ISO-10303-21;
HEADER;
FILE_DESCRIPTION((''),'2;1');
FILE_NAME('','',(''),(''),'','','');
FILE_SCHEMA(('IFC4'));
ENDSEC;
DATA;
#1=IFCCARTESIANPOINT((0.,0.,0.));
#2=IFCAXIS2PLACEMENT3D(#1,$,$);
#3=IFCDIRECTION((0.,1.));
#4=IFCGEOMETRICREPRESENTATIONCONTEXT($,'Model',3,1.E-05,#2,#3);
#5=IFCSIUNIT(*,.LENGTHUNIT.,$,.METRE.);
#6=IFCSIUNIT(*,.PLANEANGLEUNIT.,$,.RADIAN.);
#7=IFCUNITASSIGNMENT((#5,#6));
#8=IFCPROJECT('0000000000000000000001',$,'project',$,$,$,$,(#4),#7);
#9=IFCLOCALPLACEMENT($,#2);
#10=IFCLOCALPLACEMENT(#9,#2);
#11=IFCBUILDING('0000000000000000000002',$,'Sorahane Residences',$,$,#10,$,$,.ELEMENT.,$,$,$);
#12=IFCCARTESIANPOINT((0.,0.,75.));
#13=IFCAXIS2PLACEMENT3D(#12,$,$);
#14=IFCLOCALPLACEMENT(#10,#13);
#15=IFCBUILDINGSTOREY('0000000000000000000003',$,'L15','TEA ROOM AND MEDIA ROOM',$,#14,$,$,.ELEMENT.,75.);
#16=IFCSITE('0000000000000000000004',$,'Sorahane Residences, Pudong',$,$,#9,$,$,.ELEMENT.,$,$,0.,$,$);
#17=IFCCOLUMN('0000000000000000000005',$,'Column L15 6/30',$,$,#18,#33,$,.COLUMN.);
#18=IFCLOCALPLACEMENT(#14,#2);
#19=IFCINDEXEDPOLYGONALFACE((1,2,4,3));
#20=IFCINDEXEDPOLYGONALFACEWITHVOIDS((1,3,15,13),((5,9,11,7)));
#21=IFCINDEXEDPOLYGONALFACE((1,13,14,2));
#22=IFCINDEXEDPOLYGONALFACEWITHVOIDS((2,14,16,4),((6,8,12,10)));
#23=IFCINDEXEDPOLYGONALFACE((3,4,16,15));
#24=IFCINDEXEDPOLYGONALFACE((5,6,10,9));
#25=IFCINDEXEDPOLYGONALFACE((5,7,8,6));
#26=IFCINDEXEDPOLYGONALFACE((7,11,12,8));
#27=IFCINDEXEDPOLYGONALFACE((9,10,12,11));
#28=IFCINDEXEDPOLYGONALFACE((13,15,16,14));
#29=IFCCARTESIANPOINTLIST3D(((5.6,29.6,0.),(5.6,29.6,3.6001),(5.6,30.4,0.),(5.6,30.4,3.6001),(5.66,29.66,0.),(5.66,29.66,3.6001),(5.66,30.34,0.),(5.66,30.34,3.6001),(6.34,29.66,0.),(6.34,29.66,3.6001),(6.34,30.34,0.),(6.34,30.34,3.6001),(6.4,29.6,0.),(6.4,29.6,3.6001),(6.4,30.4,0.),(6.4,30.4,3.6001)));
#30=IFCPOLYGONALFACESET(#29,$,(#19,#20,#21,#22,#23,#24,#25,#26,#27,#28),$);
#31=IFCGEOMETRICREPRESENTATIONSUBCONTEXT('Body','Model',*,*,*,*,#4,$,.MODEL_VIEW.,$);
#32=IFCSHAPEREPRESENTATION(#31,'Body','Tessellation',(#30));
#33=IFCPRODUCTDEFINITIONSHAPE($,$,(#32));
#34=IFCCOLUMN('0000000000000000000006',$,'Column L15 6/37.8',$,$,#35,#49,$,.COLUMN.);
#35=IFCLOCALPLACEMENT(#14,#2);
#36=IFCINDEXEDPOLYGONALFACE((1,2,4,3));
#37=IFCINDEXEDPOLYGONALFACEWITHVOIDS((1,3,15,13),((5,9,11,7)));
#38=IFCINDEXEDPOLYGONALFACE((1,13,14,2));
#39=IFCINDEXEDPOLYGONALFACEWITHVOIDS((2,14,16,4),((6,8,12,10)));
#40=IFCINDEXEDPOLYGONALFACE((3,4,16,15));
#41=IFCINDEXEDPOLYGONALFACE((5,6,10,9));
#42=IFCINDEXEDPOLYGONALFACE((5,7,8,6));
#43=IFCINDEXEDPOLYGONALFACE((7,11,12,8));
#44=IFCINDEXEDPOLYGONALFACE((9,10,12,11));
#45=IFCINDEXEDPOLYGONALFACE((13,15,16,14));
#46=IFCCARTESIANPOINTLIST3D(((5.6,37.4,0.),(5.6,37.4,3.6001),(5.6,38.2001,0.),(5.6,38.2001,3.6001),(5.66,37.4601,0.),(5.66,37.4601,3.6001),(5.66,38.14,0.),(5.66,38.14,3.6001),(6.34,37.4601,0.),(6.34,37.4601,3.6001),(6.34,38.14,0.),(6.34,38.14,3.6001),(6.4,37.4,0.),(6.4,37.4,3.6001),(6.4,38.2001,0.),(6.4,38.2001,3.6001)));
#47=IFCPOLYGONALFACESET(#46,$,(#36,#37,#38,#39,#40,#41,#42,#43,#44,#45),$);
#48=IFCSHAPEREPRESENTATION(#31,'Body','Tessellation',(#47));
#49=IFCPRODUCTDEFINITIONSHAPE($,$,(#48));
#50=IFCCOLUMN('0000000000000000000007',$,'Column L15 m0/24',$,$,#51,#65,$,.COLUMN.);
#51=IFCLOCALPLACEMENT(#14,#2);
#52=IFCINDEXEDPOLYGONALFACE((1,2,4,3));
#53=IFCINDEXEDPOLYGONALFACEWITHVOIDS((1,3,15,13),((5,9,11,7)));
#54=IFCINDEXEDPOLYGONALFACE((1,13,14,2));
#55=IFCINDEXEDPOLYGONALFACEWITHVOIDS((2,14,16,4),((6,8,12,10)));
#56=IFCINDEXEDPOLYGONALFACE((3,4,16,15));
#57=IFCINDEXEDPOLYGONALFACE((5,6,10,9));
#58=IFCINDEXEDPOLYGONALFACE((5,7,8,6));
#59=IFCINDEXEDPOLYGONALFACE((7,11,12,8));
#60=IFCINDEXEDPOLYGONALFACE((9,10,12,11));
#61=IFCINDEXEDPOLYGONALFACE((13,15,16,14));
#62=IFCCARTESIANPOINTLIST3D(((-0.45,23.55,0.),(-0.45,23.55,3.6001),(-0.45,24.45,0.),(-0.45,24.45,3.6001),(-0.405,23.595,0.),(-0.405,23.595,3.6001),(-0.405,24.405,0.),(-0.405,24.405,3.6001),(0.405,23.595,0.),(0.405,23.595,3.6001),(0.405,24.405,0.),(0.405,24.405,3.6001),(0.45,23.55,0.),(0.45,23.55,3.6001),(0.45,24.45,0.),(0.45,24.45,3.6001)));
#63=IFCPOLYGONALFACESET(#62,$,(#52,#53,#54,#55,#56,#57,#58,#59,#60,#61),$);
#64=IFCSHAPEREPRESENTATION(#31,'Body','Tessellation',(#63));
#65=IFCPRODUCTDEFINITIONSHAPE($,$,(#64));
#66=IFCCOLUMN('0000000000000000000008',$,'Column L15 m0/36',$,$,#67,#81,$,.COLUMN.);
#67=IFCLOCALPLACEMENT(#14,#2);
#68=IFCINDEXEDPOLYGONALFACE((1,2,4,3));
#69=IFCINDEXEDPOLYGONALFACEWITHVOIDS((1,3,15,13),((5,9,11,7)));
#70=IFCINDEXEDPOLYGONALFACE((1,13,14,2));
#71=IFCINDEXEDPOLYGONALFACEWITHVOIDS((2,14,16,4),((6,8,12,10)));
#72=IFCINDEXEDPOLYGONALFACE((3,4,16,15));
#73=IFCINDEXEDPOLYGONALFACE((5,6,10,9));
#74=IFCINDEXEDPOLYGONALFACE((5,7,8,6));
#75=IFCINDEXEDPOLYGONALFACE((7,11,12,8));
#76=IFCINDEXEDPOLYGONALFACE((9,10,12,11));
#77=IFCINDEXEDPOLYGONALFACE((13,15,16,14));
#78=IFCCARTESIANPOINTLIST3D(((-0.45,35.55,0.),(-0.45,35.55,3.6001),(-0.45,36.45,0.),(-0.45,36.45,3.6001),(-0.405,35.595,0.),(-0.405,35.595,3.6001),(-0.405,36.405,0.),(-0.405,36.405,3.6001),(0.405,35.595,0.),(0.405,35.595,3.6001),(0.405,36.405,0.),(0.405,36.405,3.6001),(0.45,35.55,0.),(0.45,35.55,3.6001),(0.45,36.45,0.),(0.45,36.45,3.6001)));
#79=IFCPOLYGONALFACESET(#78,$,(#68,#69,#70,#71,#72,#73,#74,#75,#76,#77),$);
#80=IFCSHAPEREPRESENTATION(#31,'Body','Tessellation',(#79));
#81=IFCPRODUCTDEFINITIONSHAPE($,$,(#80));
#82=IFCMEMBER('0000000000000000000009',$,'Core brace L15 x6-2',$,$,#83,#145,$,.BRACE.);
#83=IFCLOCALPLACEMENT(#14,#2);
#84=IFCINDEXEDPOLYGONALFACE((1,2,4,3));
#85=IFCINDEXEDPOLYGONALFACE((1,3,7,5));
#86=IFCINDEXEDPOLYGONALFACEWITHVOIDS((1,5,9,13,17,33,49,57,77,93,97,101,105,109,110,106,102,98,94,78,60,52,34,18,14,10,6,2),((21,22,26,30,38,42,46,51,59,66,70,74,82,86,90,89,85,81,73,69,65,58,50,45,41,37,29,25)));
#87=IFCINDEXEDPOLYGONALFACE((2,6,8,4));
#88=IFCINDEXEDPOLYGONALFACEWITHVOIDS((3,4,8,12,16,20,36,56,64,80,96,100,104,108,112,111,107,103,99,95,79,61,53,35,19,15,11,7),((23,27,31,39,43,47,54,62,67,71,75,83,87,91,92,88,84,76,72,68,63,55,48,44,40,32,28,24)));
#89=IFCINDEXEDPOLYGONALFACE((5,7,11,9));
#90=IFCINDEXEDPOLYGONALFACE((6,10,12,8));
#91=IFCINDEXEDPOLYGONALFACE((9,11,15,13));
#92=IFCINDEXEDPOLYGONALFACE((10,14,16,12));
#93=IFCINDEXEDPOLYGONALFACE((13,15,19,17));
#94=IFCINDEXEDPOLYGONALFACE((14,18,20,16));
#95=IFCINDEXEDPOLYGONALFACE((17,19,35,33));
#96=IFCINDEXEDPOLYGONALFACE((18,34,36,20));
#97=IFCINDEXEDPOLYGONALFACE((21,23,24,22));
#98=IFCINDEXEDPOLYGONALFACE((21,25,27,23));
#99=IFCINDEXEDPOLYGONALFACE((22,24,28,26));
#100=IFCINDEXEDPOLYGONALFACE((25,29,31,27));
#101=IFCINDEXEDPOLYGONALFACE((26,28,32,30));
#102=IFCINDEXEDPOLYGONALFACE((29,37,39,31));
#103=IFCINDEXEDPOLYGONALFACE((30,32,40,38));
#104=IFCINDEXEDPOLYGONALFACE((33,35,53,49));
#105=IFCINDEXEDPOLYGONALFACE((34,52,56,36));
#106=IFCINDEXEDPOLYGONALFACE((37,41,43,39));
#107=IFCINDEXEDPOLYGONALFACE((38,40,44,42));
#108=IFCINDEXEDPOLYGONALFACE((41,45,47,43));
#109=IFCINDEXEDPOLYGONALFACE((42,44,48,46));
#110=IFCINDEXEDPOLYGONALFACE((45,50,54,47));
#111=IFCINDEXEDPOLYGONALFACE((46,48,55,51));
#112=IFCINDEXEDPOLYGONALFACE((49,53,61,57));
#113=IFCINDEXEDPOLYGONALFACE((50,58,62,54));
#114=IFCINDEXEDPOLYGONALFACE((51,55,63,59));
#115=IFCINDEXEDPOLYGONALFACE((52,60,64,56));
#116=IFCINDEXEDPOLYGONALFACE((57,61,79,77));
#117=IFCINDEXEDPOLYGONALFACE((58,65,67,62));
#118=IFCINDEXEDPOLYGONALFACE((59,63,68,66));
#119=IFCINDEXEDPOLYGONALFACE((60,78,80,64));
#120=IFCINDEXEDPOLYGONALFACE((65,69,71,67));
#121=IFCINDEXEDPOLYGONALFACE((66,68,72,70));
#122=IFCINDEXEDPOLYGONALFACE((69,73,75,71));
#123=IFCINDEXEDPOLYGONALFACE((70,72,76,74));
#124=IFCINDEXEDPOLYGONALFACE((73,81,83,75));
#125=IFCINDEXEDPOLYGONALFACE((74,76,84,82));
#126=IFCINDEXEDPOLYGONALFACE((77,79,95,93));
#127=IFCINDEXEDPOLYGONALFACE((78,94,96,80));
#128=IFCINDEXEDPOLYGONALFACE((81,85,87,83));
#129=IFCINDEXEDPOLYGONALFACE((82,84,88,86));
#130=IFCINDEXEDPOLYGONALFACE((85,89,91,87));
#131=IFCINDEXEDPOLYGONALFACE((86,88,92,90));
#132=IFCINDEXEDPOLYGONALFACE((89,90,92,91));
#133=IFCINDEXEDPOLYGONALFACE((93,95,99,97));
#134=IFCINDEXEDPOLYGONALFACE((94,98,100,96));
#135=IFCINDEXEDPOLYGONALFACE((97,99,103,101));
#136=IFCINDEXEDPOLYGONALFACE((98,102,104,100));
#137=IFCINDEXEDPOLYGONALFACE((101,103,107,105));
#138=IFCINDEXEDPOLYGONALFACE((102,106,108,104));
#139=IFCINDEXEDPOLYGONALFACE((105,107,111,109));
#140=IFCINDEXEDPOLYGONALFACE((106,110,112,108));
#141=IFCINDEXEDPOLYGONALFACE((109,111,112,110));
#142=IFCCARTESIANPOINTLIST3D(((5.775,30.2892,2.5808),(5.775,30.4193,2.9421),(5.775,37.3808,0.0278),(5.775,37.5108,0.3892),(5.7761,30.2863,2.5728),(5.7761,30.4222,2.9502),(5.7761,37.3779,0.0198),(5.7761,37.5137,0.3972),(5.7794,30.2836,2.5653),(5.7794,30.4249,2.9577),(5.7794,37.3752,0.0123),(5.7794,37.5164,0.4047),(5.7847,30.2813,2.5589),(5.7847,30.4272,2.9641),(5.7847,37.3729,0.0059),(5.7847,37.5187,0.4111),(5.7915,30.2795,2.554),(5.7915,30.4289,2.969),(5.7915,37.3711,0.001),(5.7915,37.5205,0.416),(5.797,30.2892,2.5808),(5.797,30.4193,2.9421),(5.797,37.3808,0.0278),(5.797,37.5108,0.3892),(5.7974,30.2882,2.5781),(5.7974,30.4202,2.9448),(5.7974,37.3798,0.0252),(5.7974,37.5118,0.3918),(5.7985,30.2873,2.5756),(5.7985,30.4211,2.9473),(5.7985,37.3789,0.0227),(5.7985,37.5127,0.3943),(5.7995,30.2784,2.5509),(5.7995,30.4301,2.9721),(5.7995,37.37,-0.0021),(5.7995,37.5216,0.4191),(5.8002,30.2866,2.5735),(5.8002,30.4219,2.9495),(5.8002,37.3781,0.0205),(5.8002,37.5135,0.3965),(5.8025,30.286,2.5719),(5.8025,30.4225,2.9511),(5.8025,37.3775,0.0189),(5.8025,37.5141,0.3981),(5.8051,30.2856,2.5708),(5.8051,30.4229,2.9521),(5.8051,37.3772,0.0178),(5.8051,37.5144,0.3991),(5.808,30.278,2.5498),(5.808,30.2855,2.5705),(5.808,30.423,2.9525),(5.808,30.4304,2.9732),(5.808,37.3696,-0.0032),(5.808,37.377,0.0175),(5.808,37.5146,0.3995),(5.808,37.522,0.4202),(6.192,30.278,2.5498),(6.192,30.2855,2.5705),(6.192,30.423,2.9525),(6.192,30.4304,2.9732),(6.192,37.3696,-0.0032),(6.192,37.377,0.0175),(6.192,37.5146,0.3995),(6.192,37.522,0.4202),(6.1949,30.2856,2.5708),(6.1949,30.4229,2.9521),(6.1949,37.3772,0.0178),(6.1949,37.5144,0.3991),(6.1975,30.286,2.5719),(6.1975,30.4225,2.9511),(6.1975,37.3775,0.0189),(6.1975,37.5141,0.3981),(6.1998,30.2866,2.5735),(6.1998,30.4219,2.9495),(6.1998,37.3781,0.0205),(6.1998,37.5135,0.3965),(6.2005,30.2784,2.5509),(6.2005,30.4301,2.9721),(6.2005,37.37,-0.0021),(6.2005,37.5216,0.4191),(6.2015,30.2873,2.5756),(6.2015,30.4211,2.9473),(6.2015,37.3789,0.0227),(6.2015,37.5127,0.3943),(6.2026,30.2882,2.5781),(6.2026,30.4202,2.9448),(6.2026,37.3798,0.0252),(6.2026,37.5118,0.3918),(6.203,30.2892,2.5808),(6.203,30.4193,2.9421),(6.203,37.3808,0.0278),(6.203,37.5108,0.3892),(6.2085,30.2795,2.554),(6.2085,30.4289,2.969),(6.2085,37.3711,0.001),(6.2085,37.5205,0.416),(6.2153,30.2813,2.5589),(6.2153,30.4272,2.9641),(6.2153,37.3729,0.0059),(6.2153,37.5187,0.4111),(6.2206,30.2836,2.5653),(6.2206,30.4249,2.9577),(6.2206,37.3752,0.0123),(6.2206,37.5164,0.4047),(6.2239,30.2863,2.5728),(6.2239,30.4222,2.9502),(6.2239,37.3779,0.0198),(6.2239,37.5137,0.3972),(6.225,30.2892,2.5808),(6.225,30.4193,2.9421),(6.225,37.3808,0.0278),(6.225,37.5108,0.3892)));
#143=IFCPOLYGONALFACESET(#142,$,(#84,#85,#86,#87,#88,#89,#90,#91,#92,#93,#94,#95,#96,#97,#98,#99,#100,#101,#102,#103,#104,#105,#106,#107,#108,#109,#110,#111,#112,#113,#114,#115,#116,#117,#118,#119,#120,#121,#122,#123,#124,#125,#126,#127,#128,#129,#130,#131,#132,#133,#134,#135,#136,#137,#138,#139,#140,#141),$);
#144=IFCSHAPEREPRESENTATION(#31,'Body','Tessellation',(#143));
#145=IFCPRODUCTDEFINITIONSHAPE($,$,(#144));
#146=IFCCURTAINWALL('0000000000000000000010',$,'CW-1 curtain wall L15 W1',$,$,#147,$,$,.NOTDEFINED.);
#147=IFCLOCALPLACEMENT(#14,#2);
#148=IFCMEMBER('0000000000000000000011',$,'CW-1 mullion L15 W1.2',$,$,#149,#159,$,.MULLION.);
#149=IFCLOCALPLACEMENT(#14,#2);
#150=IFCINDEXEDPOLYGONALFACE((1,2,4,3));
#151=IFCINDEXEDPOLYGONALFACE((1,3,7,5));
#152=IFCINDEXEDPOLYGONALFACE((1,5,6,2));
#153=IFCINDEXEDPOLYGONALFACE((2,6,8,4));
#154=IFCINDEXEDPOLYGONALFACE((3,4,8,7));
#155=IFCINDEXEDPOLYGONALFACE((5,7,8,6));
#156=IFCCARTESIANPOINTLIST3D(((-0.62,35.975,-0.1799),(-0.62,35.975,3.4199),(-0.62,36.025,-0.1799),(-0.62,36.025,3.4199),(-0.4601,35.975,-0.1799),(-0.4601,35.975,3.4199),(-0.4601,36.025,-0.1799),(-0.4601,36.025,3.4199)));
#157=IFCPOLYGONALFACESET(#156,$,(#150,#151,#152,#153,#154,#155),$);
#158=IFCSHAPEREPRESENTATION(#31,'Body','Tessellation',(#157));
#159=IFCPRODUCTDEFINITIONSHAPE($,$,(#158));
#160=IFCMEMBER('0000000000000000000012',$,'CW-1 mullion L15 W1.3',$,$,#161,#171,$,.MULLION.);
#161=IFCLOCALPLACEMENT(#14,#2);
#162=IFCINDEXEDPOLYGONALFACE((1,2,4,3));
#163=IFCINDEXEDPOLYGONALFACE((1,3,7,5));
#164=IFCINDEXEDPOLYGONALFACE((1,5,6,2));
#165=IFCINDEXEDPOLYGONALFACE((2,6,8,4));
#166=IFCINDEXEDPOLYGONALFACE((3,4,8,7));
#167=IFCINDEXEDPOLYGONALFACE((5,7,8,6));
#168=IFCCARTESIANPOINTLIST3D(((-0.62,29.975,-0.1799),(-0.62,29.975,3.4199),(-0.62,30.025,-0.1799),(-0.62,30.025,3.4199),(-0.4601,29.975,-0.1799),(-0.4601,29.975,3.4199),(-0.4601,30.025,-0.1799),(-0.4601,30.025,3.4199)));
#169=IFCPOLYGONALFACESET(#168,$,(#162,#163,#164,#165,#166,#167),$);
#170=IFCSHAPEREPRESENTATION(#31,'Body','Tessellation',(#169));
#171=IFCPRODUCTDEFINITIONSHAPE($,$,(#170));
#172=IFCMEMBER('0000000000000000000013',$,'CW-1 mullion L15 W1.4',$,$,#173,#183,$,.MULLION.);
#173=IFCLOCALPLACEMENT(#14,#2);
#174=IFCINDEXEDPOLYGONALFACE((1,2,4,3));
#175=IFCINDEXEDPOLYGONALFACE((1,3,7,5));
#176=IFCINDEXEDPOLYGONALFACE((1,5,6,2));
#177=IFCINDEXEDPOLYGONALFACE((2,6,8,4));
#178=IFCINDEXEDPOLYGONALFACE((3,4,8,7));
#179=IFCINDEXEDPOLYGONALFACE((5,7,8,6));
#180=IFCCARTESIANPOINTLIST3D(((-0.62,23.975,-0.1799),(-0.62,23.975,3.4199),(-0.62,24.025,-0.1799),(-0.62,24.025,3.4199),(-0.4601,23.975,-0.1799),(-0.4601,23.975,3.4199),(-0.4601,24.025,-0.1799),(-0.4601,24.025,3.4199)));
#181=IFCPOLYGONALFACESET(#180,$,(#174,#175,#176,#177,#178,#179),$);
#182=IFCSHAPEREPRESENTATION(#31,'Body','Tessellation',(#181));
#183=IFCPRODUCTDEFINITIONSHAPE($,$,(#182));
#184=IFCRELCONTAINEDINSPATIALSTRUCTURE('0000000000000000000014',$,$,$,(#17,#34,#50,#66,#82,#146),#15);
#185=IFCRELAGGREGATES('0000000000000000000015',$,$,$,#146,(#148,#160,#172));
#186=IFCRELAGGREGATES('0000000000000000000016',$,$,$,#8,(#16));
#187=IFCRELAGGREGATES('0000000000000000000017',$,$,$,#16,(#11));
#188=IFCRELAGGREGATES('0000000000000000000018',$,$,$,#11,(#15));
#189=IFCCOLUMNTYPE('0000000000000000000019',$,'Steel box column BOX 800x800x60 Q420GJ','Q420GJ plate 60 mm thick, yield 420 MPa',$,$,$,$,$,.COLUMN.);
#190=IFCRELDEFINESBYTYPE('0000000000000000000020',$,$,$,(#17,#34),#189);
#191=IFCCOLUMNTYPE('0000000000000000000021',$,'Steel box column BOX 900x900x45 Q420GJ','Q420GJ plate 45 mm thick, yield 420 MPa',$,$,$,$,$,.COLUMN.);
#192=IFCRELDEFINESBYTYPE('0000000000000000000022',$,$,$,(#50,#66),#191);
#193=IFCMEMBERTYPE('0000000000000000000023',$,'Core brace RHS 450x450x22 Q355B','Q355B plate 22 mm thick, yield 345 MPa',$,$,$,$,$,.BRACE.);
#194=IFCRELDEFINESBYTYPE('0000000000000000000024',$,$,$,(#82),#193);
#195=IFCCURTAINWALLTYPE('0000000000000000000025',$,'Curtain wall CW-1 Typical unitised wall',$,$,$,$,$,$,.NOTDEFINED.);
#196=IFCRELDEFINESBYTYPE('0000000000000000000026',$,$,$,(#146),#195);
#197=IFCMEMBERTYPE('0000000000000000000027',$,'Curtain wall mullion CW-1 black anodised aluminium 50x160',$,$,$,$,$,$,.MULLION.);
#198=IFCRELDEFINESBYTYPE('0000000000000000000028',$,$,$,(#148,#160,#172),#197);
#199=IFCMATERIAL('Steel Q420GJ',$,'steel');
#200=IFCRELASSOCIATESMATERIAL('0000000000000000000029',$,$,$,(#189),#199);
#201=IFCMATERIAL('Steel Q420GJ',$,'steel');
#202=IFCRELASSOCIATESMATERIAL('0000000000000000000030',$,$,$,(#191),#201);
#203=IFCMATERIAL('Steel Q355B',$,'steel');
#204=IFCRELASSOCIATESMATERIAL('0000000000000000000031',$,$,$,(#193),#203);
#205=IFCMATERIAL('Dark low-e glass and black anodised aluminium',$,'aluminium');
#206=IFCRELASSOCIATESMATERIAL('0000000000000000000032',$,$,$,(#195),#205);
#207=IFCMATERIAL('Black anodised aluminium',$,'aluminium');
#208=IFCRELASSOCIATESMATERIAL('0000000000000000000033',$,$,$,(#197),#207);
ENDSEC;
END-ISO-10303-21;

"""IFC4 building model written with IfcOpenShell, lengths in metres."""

from ifc_helpers import new_model, si_unit, direction, frame, origin, origin_2d, place, context, subcontext, project, spatial, rectangle, hollow_rectangle, extrude, material, material_profile, profile_set, type_object, element, aggregate, save


model = new_model("IFC4")

# Units and contexts
model_context = context("Model", 3, precision=1e-05, world=origin(), true_north=direction((0.0, 1.0)))
body_context = subcontext(model_context, "Body", "Model", "MODEL_VIEW")
ifc_project = project(units=[si_unit("LENGTHUNIT", "METRE"), si_unit("PLANEANGLEUNIT", "RADIAN")], contexts=[model_context])

# Site, building, storey
site_placement = place(None, origin())
site = spatial("IfcSite", under=ifc_project, at=site_placement, Name="Sorahane Residences, Pudong", CompositionType="ELEMENT", RefElevation=0.0)
building_placement = place(site_placement, origin())
building = spatial("IfcBuilding", under=site, at=building_placement, Name="Sorahane Residences", CompositionType="ELEMENT")
storey_placement = place(building_placement, frame((0.0, 0.0, 75.0)))
storey = spatial("IfcBuildingStorey", under=building, at=storey_placement, Name="L15", Description="TEA ROOM AND MEDIA ROOM", CompositionType="ELEMENT", Elevation=75.0)

# Columns
ifc_material_1 = material(Name="Steel Q420GJ", Category="steel")
ifc_material_profile_1 = material_profile(ifc_material_1, hollow_rectangle(XDim=0.8, YDim=0.8, WallThickness=0.0601, at=origin_2d()), Name="BOX 800x800x60")
ifc_profile_set_1 = profile_set([ifc_material_profile_1], Name="Steel Q420GJ")
column_type_1 = type_object("IfcColumnType", Name="Steel box column BOX 800x800x60 Q420GJ", Description="Q420GJ plate 60 mm thick, yield 420 MPa", PredefinedType="COLUMN", material=ifc_profile_set_1)
for number, where, z_axis, x_axis, name in (
    (1, (6.0, 30.0, 0.0), (0.0, 0.0, 1.0), (1.0, 0.0, 0.0), "Column L15 6/30"),
    (2, (6.0, 37.8, 0.0), (0.0, 0.0, 1.0), (1.0, 0.0, 0.0), "Column L15 6/37.8"),
):
    element("IfcColumn", number, at=place(storey_placement, frame(where, z_axis=z_axis, x_axis=x_axis)), inside=storey, type_object=column_type_1, Name=name, PredefinedType="COLUMN", context=body_context, shape_type="SweptSolid", body=[
        extrude(hollow_rectangle(XDim=0.8, YDim=0.8, WallThickness=0.0601, at=origin_2d()), origin(), (0.0, 0.0, 1.0), 3.6001),
    ])
ifc_material_2 = material(Name="Steel Q420GJ", Category="steel")
ifc_material_profile_2 = material_profile(ifc_material_2, hollow_rectangle(XDim=0.8999, YDim=0.8999, WallThickness=0.0449, at=origin_2d()), Name="BOX 900x900x45")
ifc_profile_set_2 = profile_set([ifc_material_profile_2], Name="Steel Q420GJ")
column_type_2 = type_object("IfcColumnType", Name="Steel box column BOX 900x900x45 Q420GJ", Description="Q420GJ plate 45 mm thick, yield 420 MPa", PredefinedType="COLUMN", material=ifc_profile_set_2)
for number, where, z_axis, x_axis, name in (
    (3, (0.0, 24.0, 0.0), (0.0, 0.0, 1.0), (1.0, 0.0, 0.0), "Column L15 m0/24"),
    (4, (0.0, 36.0, 0.0), (0.0, 0.0, 1.0), (1.0, 0.0, 0.0), "Column L15 m0/36"),
):
    element("IfcColumn", number, at=place(storey_placement, frame(where, z_axis=z_axis, x_axis=x_axis)), inside=storey, type_object=column_type_2, Name=name, PredefinedType="COLUMN", context=body_context, shape_type="SweptSolid", body=[
        extrude(hollow_rectangle(XDim=0.8999, YDim=0.8999, WallThickness=0.0449, at=origin_2d()), origin(), (0.0, 0.0, 1.0), 3.6001),
    ])

# Member
ifc_material_3 = material(Name="Steel Q355B", Category="steel")
ifc_material_profile_3 = material_profile(ifc_material_3, hollow_rectangle(XDim=0.45, YDim=0.45, WallThickness=0.022, InnerFilletRadius=0.011, OuterFilletRadius=0.033, at=origin_2d()), Name="RHS 450x450x22")
ifc_profile_set_3 = profile_set([ifc_material_profile_3], Name="Steel Q355B")
member_type_1 = type_object("IfcMemberType", Name="Core brace RHS 450x450x22 Q355B", Description="Q355B plate 22 mm thick, yield 345 MPa", PredefinedType="BRACE", material=ifc_profile_set_3)
member_1_placement = place(storey_placement, frame((6.0, 37.4458, 0.2085), z_axis=(0.0, -0.940887, 0.338722), x_axis=(1.0, 0.0, 0.0)))
element("IfcMember", 5, at=member_1_placement, inside=storey, type_object=member_type_1, Name="Core brace L15 x6-2", PredefinedType="BRACE", context=body_context, shape_type="SweptSolid", body=[
    extrude(hollow_rectangle(XDim=0.45, YDim=0.45, WallThickness=0.022, InnerFilletRadius=0.011, OuterFilletRadius=0.033, at=origin_2d()), origin(), (0.0, 0.0, 1.0), 7.5371),
])

# Curtain wall, members
ifc_material_4 = material(Name="Dark low-e glass and black anodised aluminium", Category="aluminium")
curtain_wall_type = type_object("IfcCurtainWallType", Name="Curtain wall CW-1 Typical unitised wall", PredefinedType="NOTDEFINED", material=ifc_material_4)
curtain_wall_placement = place(storey_placement, origin())
curtain_wall = element("IfcCurtainWall", 6, at=curtain_wall_placement, inside=storey, type_object=curtain_wall_type, Name="CW-1 curtain wall L15 W1", PredefinedType="NOTDEFINED")
ifc_material_5 = material(Name="Black anodised aluminium", Category="aluminium")
ifc_material_profile_4 = material_profile(ifc_material_5, rectangle(XDim=0.1599, YDim=0.05, at=origin_2d()), Name="Curtain wall mullion CW-1 black anodised aluminium 50x160")
ifc_profile_set_4 = profile_set([ifc_material_profile_4], Name="Black anodised aluminium")
member_type_2 = type_object("IfcMemberType", Name="Curtain wall mullion CW-1 black anodised aluminium 50x160", PredefinedType="MULLION", material=ifc_profile_set_4)
member_2_placement = place(storey_placement, frame((-0.54, 36.0, -0.1799), z_axis=(0.0, 0.0, 1.0), x_axis=(-1.0, 0.0, 0.0)))
member_2 = element("IfcMember", 7, at=member_2_placement, type_object=member_type_2, Name="CW-1 mullion L15 W1.2", PredefinedType="MULLION", context=body_context, shape_type="SweptSolid", body=[
    extrude(rectangle(XDim=0.1599, YDim=0.05, at=origin_2d()), origin(), (0.0, 0.0, 1.0), 3.5999),
])
member_3_placement = place(storey_placement, frame((-0.54, 30.0, -0.1799), z_axis=(0.0, 0.0, 1.0), x_axis=(-1.0, 0.0, 0.0)))
member_3 = element("IfcMember", 8, at=member_3_placement, type_object=member_type_2, Name="CW-1 mullion L15 W1.3", PredefinedType="MULLION", context=body_context, shape_type="SweptSolid", body=[
    extrude(rectangle(XDim=0.1599, YDim=0.05, at=origin_2d()), origin(), (0.0, 0.0, 1.0), 3.5999),
])
member_4_placement = place(storey_placement, frame((-0.54, 24.0, -0.1799), z_axis=(0.0, 0.0, 1.0), x_axis=(-1.0, 0.0, 0.0)))
member_4 = element("IfcMember", 9, at=member_4_placement, type_object=member_type_2, Name="CW-1 mullion L15 W1.4", PredefinedType="MULLION", context=body_context, shape_type="SweptSolid", body=[
    extrude(rectangle(XDim=0.1599, YDim=0.05, at=origin_2d()), origin(), (0.0, 0.0, 1.0), 3.5999),
])

aggregate(curtain_wall, [member_2, member_3, member_4])

save(model, "model.ifc")
